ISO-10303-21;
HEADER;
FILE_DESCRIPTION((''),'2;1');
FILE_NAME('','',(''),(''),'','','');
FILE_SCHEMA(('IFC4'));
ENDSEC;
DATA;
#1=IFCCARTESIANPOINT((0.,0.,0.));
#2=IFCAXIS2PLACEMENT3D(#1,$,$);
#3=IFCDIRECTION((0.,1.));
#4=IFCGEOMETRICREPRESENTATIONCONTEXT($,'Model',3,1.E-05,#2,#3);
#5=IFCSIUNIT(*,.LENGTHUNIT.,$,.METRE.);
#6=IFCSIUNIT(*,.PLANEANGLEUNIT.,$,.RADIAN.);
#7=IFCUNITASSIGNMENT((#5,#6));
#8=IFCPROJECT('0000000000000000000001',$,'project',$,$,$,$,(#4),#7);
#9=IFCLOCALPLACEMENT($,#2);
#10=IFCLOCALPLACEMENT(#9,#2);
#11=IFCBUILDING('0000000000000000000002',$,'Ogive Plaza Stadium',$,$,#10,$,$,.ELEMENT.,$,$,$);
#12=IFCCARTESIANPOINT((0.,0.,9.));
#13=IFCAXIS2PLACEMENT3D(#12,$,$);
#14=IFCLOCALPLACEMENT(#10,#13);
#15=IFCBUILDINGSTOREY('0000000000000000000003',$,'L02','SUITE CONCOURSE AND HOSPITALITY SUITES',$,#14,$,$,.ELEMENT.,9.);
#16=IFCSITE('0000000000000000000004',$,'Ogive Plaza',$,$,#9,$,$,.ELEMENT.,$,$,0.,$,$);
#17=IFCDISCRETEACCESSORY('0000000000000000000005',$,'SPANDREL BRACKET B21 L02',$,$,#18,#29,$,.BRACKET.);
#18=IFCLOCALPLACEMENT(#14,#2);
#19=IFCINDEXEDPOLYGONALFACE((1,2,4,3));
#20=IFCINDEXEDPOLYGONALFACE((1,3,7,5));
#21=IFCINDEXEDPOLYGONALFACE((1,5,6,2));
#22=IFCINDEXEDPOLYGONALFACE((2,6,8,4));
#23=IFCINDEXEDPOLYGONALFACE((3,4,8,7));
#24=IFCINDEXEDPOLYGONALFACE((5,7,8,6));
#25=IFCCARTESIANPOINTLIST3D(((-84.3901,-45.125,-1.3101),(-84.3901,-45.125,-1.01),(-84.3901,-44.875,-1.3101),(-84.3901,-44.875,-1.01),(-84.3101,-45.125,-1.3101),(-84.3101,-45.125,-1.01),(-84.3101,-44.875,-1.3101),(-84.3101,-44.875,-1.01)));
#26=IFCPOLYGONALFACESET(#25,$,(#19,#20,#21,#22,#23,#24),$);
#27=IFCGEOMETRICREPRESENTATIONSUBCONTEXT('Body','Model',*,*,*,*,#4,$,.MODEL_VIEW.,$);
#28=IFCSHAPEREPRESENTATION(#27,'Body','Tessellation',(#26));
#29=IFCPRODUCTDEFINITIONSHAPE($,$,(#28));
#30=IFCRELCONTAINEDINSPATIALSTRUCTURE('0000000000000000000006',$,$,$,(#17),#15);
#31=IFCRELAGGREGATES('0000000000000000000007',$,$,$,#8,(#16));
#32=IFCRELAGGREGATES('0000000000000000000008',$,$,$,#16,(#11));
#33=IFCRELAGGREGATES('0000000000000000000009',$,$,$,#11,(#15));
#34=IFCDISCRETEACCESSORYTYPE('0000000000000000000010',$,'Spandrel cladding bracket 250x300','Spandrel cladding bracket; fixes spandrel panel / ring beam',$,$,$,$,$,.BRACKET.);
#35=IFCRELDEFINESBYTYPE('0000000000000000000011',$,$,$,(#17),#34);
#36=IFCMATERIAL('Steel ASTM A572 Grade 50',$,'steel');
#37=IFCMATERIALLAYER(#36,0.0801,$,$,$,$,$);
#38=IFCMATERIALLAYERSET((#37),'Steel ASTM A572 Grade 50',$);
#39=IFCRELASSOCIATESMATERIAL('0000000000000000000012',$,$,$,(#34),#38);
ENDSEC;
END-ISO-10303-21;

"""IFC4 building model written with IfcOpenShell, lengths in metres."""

from ifc_helpers import new_model, si_unit, direction, frame, origin, origin_2d, place, context, subcontext, project, spatial, rectangle, extrude, material, layer, layer_set, type_object, element, save


model = new_model("IFC4")

# Units and contexts
model_context = context("Model", 3, precision=1e-05, world=origin(), true_north=direction((0.0, 1.0)))
body_context = subcontext(model_context, "Body", "Model", "MODEL_VIEW")
ifc_project = project(units=[si_unit("LENGTHUNIT", "METRE"), si_unit("PLANEANGLEUNIT", "RADIAN")], contexts=[model_context])

# Site, building, storey
site_placement = place(None, origin())
site = spatial("IfcSite", under=ifc_project, at=site_placement, Name="Ogive Plaza", CompositionType="ELEMENT", RefElevation=0.0)
building_placement = place(site_placement, origin())
building = spatial("IfcBuilding", under=site, at=building_placement, Name="Ogive Plaza Stadium", CompositionType="ELEMENT")
storey_placement = place(building_placement, frame((0.0, 0.0, 9.0)))
storey = spatial("IfcBuildingStorey", under=building, at=storey_placement, Name="L02", Description="SUITE CONCOURSE AND HOSPITALITY SUITES", CompositionType="ELEMENT", Elevation=9.0)

# Discrete accessory
ifc_material_1 = material(Name="Steel ASTM A572 Grade 50", Category="steel")
ifc_layer_1 = layer(ifc_material_1, 0.0801)
ifc_layer_set_1 = layer_set([ifc_layer_1], Name="Steel ASTM A572 Grade 50")
discrete_accessory_type = type_object("IfcDiscreteAccessoryType", Name="Spandrel cladding bracket 250x300", Description="Spandrel cladding bracket; fixes spandrel panel / ring beam", PredefinedType="BRACKET", material=ifc_layer_set_1)
discrete_accessory_placement = place(storey_placement, frame((-84.3501, -45.0, -1.3101), z_axis=(0.0, 0.0, 1.0), x_axis=(0.0, 1.0, 0.0)))
element("IfcDiscreteAccessory", 1, at=discrete_accessory_placement, inside=storey, type_object=discrete_accessory_type, Name="SPANDREL BRACKET B21 L02", PredefinedType="BRACKET", context=body_context, shape_type="SweptSolid", body=[
    extrude(rectangle(XDim=0.25, YDim=0.0801, at=origin_2d()), origin(), (0.0, 0.0, 1.0), 0.3),
])

save(model, "model.ifc")
